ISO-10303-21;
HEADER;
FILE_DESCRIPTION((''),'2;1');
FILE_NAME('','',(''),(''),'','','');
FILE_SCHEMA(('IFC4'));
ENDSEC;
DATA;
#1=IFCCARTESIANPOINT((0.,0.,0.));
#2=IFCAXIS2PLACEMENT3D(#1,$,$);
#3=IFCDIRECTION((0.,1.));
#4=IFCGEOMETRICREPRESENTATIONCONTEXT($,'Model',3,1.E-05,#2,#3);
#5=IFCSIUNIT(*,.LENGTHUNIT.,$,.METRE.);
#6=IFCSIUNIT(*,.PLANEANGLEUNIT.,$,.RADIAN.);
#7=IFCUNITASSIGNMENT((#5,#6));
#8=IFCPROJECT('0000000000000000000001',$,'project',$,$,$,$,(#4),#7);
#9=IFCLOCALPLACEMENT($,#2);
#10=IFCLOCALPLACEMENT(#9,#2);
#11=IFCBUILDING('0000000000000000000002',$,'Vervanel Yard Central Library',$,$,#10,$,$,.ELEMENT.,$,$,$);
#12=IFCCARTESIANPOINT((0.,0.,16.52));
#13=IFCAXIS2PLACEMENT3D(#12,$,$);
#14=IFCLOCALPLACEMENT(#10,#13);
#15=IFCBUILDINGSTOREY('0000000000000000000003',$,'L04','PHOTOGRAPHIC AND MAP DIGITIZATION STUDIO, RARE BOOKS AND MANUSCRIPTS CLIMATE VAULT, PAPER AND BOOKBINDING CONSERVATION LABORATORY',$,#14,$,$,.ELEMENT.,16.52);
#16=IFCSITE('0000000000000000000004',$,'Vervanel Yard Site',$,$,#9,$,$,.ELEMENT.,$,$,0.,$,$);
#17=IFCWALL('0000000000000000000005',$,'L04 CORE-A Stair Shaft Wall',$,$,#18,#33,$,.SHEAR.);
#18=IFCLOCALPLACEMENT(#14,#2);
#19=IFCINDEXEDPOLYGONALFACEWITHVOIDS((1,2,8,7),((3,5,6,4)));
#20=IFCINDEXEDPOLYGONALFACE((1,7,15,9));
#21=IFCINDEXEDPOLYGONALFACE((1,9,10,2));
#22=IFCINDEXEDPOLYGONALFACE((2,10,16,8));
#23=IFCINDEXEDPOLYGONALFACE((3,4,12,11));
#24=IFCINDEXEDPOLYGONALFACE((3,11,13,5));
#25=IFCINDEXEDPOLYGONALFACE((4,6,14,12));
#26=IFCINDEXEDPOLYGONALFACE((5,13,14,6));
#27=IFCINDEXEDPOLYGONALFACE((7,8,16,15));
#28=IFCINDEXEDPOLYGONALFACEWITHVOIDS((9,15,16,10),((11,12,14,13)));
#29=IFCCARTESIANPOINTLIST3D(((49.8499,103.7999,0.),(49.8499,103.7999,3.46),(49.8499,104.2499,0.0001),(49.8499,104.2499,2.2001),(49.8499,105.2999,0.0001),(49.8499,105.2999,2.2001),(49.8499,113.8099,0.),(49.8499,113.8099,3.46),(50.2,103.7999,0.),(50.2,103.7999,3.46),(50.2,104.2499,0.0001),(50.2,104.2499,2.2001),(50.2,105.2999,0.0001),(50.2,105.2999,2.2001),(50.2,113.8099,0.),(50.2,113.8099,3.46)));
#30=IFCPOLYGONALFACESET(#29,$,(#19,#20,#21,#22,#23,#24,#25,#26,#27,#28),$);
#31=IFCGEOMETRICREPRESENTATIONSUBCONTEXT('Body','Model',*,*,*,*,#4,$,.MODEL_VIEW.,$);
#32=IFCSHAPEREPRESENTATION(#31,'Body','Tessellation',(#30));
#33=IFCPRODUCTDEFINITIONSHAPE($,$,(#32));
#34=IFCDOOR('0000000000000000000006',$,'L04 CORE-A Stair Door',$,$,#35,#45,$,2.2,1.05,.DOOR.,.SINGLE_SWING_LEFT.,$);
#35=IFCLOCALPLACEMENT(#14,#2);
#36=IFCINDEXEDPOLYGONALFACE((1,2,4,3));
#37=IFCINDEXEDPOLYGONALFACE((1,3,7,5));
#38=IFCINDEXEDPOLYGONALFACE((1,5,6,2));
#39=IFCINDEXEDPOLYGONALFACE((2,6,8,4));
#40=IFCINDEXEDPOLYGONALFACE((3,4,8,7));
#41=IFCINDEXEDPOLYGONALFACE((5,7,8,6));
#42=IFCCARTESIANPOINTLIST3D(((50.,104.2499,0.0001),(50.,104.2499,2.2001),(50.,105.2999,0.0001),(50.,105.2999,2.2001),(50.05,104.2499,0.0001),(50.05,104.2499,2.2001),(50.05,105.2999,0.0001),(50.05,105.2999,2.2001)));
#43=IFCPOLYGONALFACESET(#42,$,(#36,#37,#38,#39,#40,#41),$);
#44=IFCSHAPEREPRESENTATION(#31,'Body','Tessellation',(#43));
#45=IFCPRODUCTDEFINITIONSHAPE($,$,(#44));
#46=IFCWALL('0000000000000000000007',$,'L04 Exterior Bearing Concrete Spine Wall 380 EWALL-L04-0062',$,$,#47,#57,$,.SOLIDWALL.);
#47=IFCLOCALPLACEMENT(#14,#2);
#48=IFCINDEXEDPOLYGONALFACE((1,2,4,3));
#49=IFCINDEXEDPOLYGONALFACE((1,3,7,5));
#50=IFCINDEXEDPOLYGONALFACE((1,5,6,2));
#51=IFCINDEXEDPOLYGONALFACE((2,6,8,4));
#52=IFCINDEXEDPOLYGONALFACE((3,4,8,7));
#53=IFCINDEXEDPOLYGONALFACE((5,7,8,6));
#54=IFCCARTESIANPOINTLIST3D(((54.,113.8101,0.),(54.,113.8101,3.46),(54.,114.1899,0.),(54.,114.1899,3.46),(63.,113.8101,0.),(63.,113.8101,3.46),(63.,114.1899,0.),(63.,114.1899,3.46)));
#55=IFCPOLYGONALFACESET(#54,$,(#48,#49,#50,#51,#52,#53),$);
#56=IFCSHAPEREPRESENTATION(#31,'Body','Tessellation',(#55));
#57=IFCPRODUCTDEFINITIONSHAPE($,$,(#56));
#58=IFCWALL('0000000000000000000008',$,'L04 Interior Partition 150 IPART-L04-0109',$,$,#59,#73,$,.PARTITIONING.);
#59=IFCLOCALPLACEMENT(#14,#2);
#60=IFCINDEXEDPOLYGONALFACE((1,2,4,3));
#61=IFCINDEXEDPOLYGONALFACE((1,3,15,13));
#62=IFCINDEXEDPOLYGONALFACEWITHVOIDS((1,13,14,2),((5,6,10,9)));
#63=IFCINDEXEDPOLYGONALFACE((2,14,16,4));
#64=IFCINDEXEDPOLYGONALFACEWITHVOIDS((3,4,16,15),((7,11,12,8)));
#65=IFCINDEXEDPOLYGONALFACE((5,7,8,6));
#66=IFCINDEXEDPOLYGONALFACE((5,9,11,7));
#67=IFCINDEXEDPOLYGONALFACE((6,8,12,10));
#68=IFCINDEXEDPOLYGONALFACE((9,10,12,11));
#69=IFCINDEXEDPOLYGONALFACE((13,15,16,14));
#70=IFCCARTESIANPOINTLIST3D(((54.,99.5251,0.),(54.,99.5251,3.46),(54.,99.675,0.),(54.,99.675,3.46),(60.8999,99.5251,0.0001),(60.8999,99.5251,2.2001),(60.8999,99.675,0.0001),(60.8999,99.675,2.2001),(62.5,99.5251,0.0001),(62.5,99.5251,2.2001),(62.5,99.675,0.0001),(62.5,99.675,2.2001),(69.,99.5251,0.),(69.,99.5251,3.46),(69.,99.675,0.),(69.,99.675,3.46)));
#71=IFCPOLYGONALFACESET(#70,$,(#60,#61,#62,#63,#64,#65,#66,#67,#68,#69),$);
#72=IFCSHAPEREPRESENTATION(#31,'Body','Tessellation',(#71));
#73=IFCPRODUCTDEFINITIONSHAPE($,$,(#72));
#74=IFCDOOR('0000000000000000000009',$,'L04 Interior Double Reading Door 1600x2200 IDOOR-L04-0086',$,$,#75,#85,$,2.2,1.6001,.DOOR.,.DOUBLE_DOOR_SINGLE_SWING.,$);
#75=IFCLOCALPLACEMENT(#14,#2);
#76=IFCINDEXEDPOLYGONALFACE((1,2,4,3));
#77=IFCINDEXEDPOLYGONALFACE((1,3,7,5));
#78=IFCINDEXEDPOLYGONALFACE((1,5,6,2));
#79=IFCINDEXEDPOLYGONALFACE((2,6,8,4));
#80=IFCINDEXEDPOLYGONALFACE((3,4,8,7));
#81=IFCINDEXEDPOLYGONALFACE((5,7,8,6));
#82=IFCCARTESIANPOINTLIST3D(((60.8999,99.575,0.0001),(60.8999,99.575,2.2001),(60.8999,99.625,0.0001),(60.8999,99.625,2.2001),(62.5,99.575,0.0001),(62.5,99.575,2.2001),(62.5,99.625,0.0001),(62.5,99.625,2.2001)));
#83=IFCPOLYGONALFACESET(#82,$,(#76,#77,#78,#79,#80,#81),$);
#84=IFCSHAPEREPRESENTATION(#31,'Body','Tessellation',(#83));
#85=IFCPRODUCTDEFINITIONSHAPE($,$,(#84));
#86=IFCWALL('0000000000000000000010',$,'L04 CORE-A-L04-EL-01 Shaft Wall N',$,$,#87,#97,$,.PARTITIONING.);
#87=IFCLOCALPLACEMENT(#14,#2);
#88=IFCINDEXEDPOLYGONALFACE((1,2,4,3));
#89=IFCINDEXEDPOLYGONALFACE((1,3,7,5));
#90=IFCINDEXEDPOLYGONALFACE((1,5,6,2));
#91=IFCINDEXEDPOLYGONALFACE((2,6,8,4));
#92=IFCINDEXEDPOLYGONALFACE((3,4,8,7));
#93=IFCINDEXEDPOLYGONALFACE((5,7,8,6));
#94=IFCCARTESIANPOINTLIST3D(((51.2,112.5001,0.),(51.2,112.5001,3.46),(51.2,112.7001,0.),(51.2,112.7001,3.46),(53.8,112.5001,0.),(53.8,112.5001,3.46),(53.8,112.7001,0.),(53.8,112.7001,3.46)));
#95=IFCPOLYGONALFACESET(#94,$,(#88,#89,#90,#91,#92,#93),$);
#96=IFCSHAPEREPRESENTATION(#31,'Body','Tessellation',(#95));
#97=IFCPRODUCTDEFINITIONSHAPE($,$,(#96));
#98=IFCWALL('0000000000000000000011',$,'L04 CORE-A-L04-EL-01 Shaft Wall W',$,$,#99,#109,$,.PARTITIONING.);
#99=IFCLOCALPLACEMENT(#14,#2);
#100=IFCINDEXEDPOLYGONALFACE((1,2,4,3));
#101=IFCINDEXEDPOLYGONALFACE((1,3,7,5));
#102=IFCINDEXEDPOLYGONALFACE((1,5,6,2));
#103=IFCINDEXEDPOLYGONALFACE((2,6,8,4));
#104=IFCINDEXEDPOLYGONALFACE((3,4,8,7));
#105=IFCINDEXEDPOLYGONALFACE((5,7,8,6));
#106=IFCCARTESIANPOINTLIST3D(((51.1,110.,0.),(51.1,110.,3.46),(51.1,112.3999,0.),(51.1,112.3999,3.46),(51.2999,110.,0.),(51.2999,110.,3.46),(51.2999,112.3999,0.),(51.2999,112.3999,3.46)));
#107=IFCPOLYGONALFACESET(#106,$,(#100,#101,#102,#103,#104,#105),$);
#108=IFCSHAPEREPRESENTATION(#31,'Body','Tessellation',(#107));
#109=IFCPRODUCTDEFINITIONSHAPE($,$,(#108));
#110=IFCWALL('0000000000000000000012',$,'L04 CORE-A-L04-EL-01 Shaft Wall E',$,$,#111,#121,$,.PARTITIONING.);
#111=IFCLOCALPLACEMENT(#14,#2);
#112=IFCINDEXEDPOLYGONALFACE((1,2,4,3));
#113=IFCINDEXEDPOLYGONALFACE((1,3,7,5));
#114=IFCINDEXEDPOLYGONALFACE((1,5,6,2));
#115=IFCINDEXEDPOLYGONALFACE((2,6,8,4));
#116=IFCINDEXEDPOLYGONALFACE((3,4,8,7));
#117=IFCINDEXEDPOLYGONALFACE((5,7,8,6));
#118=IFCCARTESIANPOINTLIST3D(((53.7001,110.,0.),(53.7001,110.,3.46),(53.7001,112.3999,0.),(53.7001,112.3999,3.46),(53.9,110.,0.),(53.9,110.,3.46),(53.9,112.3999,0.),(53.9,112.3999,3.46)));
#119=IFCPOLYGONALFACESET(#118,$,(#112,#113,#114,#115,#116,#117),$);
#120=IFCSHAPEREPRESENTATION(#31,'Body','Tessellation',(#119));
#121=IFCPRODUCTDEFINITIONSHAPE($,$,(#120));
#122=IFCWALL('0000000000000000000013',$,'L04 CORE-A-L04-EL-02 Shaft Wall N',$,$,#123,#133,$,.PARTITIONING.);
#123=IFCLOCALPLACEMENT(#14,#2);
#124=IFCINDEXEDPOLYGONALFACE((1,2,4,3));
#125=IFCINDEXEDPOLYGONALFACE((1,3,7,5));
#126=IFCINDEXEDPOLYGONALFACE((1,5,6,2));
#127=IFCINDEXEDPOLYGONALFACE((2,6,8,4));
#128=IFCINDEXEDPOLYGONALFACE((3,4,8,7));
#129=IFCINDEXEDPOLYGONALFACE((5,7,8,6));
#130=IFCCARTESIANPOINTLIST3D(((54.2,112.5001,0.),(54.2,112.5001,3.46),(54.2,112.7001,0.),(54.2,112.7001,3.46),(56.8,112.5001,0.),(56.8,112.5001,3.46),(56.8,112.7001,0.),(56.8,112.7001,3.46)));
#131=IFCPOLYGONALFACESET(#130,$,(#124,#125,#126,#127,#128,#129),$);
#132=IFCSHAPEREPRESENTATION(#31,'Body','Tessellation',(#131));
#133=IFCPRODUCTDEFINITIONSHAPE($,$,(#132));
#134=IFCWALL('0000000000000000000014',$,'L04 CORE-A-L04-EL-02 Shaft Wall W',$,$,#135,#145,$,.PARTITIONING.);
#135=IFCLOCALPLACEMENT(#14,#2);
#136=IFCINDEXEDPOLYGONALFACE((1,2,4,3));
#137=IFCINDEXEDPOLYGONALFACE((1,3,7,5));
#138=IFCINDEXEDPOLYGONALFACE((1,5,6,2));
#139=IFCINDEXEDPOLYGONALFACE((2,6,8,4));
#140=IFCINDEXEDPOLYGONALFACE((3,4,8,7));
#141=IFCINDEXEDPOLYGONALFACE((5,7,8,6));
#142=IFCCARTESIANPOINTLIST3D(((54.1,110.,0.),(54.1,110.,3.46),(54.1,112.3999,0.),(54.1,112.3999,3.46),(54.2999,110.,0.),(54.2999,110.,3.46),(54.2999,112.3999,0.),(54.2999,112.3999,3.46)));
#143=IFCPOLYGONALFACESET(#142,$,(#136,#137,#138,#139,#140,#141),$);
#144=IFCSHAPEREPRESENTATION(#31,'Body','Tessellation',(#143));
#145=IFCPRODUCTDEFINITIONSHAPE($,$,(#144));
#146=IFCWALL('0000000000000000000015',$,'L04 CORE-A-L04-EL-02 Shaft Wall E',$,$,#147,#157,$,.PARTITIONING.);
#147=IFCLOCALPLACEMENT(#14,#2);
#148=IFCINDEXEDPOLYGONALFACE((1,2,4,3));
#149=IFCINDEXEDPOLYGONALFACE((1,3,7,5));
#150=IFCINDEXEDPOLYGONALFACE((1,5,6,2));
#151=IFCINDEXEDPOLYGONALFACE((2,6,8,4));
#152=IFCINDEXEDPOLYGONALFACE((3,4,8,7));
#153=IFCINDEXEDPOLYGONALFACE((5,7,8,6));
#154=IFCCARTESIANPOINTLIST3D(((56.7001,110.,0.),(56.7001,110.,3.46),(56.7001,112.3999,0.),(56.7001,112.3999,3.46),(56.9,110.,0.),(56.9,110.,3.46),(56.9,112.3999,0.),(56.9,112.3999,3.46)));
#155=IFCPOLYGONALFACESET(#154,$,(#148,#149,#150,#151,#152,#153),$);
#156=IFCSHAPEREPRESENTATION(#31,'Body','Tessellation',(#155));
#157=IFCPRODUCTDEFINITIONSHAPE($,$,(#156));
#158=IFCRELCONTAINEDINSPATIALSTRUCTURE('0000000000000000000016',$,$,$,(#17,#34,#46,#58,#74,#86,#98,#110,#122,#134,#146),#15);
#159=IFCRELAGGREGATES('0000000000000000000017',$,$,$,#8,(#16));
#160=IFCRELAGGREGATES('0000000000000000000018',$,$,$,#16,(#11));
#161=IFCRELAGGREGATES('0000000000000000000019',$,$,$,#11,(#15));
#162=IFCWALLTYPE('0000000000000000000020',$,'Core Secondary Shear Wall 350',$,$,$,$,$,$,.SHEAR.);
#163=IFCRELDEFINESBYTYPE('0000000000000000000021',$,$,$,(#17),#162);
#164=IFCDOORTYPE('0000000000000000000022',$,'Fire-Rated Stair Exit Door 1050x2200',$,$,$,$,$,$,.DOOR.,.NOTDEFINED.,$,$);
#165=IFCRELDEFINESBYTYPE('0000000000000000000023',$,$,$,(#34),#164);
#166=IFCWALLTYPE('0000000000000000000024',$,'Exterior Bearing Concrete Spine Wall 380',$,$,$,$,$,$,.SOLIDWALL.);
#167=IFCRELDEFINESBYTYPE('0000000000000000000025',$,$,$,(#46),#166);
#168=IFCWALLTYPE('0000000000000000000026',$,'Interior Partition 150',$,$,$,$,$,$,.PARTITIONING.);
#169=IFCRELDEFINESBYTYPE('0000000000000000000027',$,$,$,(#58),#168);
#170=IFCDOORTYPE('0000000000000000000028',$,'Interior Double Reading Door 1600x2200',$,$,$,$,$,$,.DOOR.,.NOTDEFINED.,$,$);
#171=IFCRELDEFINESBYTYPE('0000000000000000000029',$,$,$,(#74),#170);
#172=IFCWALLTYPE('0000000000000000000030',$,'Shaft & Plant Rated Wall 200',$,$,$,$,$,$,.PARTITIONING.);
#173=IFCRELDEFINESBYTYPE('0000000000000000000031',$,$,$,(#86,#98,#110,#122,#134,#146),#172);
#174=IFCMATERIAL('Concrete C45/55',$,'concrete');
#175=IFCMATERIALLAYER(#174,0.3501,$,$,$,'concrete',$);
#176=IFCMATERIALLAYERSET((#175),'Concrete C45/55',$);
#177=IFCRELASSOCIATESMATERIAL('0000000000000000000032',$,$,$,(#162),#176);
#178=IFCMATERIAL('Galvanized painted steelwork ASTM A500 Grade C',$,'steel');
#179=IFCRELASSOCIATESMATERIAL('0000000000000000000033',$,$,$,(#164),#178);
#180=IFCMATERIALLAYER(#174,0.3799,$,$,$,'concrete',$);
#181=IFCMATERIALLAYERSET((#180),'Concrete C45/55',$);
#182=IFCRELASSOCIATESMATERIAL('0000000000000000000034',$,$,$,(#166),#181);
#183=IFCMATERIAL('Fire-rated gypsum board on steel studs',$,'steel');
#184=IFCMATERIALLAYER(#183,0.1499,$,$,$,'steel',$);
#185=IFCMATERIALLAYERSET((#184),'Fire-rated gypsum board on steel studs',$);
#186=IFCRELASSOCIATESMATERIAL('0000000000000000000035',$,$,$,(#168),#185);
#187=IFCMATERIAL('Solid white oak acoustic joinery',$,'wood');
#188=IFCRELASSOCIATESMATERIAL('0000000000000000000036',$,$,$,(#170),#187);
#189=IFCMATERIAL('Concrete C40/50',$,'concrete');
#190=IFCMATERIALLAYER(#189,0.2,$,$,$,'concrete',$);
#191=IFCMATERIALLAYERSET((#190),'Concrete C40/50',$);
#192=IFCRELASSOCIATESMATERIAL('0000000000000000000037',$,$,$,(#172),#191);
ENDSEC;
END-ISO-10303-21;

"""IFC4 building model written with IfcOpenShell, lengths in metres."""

from ifc_helpers import new_model, si_unit, direction, frame, frame_2d, origin, place, context, subcontext, project, spatial, rectangle, extrude, material, layer, layer_set, type_object, element, fill, save


model = new_model("IFC4")

# Units and contexts
model_context = context("Model", 3, precision=1e-05, world=origin(), true_north=direction((0.0, 1.0)))
body_context = subcontext(model_context, "Body", "Model", "MODEL_VIEW")
ifc_project = project(units=[si_unit("LENGTHUNIT", "METRE"), si_unit("PLANEANGLEUNIT", "RADIAN")], contexts=[model_context])

# Site, building, storey
site_placement = place(None, origin())
site = spatial("IfcSite", under=ifc_project, at=site_placement, Name="Vervanel Yard Site", CompositionType="ELEMENT", RefElevation=0.0)
building_placement = place(site_placement, origin())
building = spatial("IfcBuilding", under=site, at=building_placement, Name="Vervanel Yard Central Library", CompositionType="ELEMENT")
storey_placement = place(building_placement, frame((0.0, 0.0, 16.52)))
storey = spatial("IfcBuildingStorey", under=building, at=storey_placement, Name="L04", Description="PHOTOGRAPHIC AND MAP DIGITIZATION STUDIO, RARE BOOKS AND MANUSCRIPTS CLIMATE VAULT, PAPER AND BOOKBINDING CONSERVATION LABORATORY", CompositionType="ELEMENT", Elevation=16.52)

# Wall, opening, door
ifc_material_1 = material(Name="Concrete C45/55", Category="concrete")
ifc_layer_1 = layer(ifc_material_1, 0.3501, Category="concrete")
ifc_layer_set_1 = layer_set([ifc_layer_1], Name="Concrete C45/55")
wall_type_1 = type_object("IfcWallType", Name="Core Secondary Shear Wall 350", PredefinedType="SHEAR", material=ifc_layer_set_1)
wall_1_placement = place(storey_placement, frame((50.0249, 103.8, 0.0), z_axis=(0.0, 0.0, 1.0), x_axis=(0.0, 1.0, 0.0)))
wall_1 = element("IfcWall", 1, at=wall_1_placement, inside=storey, type_object=wall_type_1, Name="L04 CORE-A Stair Shaft Wall", PredefinedType="SHEAR", context=body_context, shape_type="SweptSolid", body=[
    extrude(rectangle(XDim=10.01, YDim=0.3501, at=frame_2d((5.0049, 0.0))), origin(), (0.0, 0.0, 1.0), 3.46),
])
opening_1_placement = place(wall_1_placement, frame((0.45, 0.0, 0.0)))
opening_1 = element("IfcOpeningElement", 2, at=opening_1_placement, cuts=wall_1, PredefinedType="OPENING", context=body_context, shape_type="SweptSolid", body=[
    extrude(rectangle(XDim=1.05, YDim=2.2, at=frame_2d((0.5249, 1.1001))), frame((0.0, 0.1851, 0.0), z_axis=(0.0, -1.0, 0.0), x_axis=(1.0, 0.0, 0.0)), (0.0, 0.0, 1.0), 0.3701),
])
ifc_material_2 = material(Name="Galvanized painted steelwork ASTM A500 Grade C", Category="steel")
door_type_1 = type_object("IfcDoorType", Name="Fire-Rated Stair Exit Door 1050x2200", OperationType="NOTDEFINED", PredefinedType="DOOR", material=ifc_material_2)
door_1_placement = place(opening_1_placement, origin())
door_1 = element("IfcDoor", 3, at=door_1_placement, inside=storey, type_object=door_type_1, Name="L04 CORE-A Stair Door", OperationType="SINGLE_SWING_LEFT", OverallHeight=2.2, OverallWidth=1.05, PredefinedType="DOOR", context=body_context, shape_type="SweptSolid", body=[
    extrude(rectangle(XDim=1.05, YDim=2.2, at=frame_2d((0.5249, 1.1001))), frame((0.0, 0.0249, 0.0), z_axis=(0.0, -1.0, 0.0), x_axis=(1.0, 0.0, 0.0)), (0.0, 0.0, 1.0), 0.05),
])
fill(opening_1, door_1)

# Wall
ifc_layer_2 = layer(ifc_material_1, 0.3799, Category="concrete")
ifc_layer_set_2 = layer_set([ifc_layer_2], Name="Concrete C45/55")
wall_type_2 = type_object("IfcWallType", Name="Exterior Bearing Concrete Spine Wall 380", PredefinedType="SOLIDWALL", material=ifc_layer_set_2)
wall_2_placement = place(storey_placement, frame((54.0, 114.0, 0.0), z_axis=(0.0, 0.0, 1.0), x_axis=(1.0, 0.0, 0.0)))
element("IfcWall", 4, at=wall_2_placement, inside=storey, type_object=wall_type_2, Name="L04 Exterior Bearing Concrete Spine Wall 380 EWALL-L04-0062", PredefinedType="SOLIDWALL", context=body_context, shape_type="SweptSolid", body=[
    extrude(rectangle(XDim=9.0, YDim=0.3799, at=frame_2d((4.5, 0.0))), origin(), (0.0, 0.0, 1.0), 3.46),
])

# Wall, opening, door
ifc_material_3 = material(Name="Fire-rated gypsum board on steel studs", Category="steel")
ifc_layer_3 = layer(ifc_material_3, 0.1499, Category="steel")
ifc_layer_set_3 = layer_set([ifc_layer_3], Name="Fire-rated gypsum board on steel studs")
wall_type_3 = type_object("IfcWallType", Name="Interior Partition 150", PredefinedType="PARTITIONING", material=ifc_layer_set_3)
wall_3_placement = place(storey_placement, frame((54.0, 99.6001, 0.0), z_axis=(0.0, 0.0, 1.0), x_axis=(1.0, 0.0, 0.0)))
wall_3 = element("IfcWall", 5, at=wall_3_placement, inside=storey, type_object=wall_type_3, Name="L04 Interior Partition 150 IPART-L04-0109", PredefinedType="PARTITIONING", context=body_context, shape_type="SweptSolid", body=[
    extrude(rectangle(XDim=15.0, YDim=0.1499, at=frame_2d((7.5, 0.0))), origin(), (0.0, 0.0, 1.0), 3.46),
])
opening_2_placement = place(wall_3_placement, frame((6.8999, 0.0, 0.0)))
opening_2 = element("IfcOpeningElement", 6, at=opening_2_placement, cuts=wall_3, PredefinedType="OPENING", context=body_context, shape_type="SweptSolid", body=[
    extrude(rectangle(XDim=1.6001, YDim=2.2, at=frame_2d((0.8, 1.1001))), frame((0.0, 0.085, 0.0), z_axis=(0.0, -1.0, 0.0), x_axis=(1.0, 0.0, 0.0)), (0.0, 0.0, 1.0), 0.1699),
])
ifc_material_4 = material(Name="Solid white oak acoustic joinery", Category="wood")
door_type_2 = type_object("IfcDoorType", Name="Interior Double Reading Door 1600x2200", OperationType="NOTDEFINED", PredefinedType="DOOR", material=ifc_material_4)
door_2_placement = place(opening_2_placement, origin())
door_2 = element("IfcDoor", 7, at=door_2_placement, inside=storey, type_object=door_type_2, Name="L04 Interior Double Reading Door 1600x2200 IDOOR-L04-0086", OperationType="DOUBLE_DOOR_SINGLE_SWING", OverallHeight=2.2, OverallWidth=1.6001, PredefinedType="DOOR", context=body_context, shape_type="SweptSolid", body=[
    extrude(rectangle(XDim=1.6001, YDim=2.2, at=frame_2d((0.8, 1.1001))), frame((0.0, 0.0249, 0.0), z_axis=(0.0, -1.0, 0.0), x_axis=(1.0, 0.0, 0.0)), (0.0, 0.0, 1.0), 0.05),
])
fill(opening_2, door_2)
ifc_material_5 = material(Name="Concrete C40/50", Category="concrete")
ifc_layer_4 = layer(ifc_material_5, 0.2, Category="concrete")
ifc_layer_set_4 = layer_set([ifc_layer_4], Name="Concrete C40/50")
wall_type_4 = type_object("IfcWallType", Name="Shaft & Plant Rated Wall 200", PredefinedType="PARTITIONING", material=ifc_layer_set_4)

# Walls
wall_4_placement = place(storey_placement, frame((51.2, 112.6001, 0.0), z_axis=(0.0, 0.0, 1.0), x_axis=(1.0, 0.0, 0.0)))
element("IfcWall", 8, at=wall_4_placement, inside=storey, type_object=wall_type_4, Name="L04 CORE-A-L04-EL-01 Shaft Wall N", PredefinedType="PARTITIONING", context=body_context, shape_type="SweptSolid", body=[
    extrude(rectangle(XDim=2.6001, YDim=0.2, at=frame_2d((1.3, 0.0))), origin(), (0.0, 0.0, 1.0), 3.46),
])
for number, where, z_axis, x_axis, name in (
    (9, (51.2, 110.0, 0.0), (0.0, 0.0, 1.0), (0.0, 1.0, 0.0), "L04 CORE-A-L04-EL-01 Shaft Wall W"),
    (10, (53.8, 110.0, 0.0), (0.0, 0.0, 1.0), (0.0, 1.0, 0.0), "L04 CORE-A-L04-EL-01 Shaft Wall E"),
):
    element("IfcWall", number, at=place(storey_placement, frame(where, z_axis=z_axis, x_axis=x_axis)), inside=storey, type_object=wall_type_4, Name=name, PredefinedType="PARTITIONING", context=body_context, shape_type="SweptSolid", body=[
        extrude(rectangle(XDim=2.3999, YDim=0.2, at=frame_2d((1.2, 0.0))), origin(), (0.0, 0.0, 1.0), 3.46),
    ])

# Walls
wall_5_placement = place(storey_placement, frame((54.2, 112.6001, 0.0), z_axis=(0.0, 0.0, 1.0), x_axis=(1.0, 0.0, 0.0)))
element("IfcWall", 11, at=wall_5_placement, inside=storey, type_object=wall_type_4, Name="L04 CORE-A-L04-EL-02 Shaft Wall N", PredefinedType="PARTITIONING", context=body_context, shape_type="SweptSolid", body=[
    extrude(rectangle(XDim=2.6001, YDim=0.2, at=frame_2d((1.3, 0.0))), origin(), (0.0, 0.0, 1.0), 3.46),
])
for number, where, z_axis, x_axis, name in (
    (12, (54.2, 110.0, 0.0), (0.0, 0.0, 1.0), (0.0, 1.0, 0.0), "L04 CORE-A-L04-EL-02 Shaft Wall W"),
    (13, (56.8, 110.0, 0.0), (0.0, 0.0, 1.0), (0.0, 1.0, 0.0), "L04 CORE-A-L04-EL-02 Shaft Wall E"),
):
    element("IfcWall", number, at=place(storey_placement, frame(where, z_axis=z_axis, x_axis=x_axis)), inside=storey, type_object=wall_type_4, Name=name, PredefinedType="PARTITIONING", context=body_context, shape_type="SweptSolid", body=[
        extrude(rectangle(XDim=2.3999, YDim=0.2, at=frame_2d((1.2, 0.0))), origin(), (0.0, 0.0, 1.0), 3.46),
    ])

save(model, "model.ifc")
